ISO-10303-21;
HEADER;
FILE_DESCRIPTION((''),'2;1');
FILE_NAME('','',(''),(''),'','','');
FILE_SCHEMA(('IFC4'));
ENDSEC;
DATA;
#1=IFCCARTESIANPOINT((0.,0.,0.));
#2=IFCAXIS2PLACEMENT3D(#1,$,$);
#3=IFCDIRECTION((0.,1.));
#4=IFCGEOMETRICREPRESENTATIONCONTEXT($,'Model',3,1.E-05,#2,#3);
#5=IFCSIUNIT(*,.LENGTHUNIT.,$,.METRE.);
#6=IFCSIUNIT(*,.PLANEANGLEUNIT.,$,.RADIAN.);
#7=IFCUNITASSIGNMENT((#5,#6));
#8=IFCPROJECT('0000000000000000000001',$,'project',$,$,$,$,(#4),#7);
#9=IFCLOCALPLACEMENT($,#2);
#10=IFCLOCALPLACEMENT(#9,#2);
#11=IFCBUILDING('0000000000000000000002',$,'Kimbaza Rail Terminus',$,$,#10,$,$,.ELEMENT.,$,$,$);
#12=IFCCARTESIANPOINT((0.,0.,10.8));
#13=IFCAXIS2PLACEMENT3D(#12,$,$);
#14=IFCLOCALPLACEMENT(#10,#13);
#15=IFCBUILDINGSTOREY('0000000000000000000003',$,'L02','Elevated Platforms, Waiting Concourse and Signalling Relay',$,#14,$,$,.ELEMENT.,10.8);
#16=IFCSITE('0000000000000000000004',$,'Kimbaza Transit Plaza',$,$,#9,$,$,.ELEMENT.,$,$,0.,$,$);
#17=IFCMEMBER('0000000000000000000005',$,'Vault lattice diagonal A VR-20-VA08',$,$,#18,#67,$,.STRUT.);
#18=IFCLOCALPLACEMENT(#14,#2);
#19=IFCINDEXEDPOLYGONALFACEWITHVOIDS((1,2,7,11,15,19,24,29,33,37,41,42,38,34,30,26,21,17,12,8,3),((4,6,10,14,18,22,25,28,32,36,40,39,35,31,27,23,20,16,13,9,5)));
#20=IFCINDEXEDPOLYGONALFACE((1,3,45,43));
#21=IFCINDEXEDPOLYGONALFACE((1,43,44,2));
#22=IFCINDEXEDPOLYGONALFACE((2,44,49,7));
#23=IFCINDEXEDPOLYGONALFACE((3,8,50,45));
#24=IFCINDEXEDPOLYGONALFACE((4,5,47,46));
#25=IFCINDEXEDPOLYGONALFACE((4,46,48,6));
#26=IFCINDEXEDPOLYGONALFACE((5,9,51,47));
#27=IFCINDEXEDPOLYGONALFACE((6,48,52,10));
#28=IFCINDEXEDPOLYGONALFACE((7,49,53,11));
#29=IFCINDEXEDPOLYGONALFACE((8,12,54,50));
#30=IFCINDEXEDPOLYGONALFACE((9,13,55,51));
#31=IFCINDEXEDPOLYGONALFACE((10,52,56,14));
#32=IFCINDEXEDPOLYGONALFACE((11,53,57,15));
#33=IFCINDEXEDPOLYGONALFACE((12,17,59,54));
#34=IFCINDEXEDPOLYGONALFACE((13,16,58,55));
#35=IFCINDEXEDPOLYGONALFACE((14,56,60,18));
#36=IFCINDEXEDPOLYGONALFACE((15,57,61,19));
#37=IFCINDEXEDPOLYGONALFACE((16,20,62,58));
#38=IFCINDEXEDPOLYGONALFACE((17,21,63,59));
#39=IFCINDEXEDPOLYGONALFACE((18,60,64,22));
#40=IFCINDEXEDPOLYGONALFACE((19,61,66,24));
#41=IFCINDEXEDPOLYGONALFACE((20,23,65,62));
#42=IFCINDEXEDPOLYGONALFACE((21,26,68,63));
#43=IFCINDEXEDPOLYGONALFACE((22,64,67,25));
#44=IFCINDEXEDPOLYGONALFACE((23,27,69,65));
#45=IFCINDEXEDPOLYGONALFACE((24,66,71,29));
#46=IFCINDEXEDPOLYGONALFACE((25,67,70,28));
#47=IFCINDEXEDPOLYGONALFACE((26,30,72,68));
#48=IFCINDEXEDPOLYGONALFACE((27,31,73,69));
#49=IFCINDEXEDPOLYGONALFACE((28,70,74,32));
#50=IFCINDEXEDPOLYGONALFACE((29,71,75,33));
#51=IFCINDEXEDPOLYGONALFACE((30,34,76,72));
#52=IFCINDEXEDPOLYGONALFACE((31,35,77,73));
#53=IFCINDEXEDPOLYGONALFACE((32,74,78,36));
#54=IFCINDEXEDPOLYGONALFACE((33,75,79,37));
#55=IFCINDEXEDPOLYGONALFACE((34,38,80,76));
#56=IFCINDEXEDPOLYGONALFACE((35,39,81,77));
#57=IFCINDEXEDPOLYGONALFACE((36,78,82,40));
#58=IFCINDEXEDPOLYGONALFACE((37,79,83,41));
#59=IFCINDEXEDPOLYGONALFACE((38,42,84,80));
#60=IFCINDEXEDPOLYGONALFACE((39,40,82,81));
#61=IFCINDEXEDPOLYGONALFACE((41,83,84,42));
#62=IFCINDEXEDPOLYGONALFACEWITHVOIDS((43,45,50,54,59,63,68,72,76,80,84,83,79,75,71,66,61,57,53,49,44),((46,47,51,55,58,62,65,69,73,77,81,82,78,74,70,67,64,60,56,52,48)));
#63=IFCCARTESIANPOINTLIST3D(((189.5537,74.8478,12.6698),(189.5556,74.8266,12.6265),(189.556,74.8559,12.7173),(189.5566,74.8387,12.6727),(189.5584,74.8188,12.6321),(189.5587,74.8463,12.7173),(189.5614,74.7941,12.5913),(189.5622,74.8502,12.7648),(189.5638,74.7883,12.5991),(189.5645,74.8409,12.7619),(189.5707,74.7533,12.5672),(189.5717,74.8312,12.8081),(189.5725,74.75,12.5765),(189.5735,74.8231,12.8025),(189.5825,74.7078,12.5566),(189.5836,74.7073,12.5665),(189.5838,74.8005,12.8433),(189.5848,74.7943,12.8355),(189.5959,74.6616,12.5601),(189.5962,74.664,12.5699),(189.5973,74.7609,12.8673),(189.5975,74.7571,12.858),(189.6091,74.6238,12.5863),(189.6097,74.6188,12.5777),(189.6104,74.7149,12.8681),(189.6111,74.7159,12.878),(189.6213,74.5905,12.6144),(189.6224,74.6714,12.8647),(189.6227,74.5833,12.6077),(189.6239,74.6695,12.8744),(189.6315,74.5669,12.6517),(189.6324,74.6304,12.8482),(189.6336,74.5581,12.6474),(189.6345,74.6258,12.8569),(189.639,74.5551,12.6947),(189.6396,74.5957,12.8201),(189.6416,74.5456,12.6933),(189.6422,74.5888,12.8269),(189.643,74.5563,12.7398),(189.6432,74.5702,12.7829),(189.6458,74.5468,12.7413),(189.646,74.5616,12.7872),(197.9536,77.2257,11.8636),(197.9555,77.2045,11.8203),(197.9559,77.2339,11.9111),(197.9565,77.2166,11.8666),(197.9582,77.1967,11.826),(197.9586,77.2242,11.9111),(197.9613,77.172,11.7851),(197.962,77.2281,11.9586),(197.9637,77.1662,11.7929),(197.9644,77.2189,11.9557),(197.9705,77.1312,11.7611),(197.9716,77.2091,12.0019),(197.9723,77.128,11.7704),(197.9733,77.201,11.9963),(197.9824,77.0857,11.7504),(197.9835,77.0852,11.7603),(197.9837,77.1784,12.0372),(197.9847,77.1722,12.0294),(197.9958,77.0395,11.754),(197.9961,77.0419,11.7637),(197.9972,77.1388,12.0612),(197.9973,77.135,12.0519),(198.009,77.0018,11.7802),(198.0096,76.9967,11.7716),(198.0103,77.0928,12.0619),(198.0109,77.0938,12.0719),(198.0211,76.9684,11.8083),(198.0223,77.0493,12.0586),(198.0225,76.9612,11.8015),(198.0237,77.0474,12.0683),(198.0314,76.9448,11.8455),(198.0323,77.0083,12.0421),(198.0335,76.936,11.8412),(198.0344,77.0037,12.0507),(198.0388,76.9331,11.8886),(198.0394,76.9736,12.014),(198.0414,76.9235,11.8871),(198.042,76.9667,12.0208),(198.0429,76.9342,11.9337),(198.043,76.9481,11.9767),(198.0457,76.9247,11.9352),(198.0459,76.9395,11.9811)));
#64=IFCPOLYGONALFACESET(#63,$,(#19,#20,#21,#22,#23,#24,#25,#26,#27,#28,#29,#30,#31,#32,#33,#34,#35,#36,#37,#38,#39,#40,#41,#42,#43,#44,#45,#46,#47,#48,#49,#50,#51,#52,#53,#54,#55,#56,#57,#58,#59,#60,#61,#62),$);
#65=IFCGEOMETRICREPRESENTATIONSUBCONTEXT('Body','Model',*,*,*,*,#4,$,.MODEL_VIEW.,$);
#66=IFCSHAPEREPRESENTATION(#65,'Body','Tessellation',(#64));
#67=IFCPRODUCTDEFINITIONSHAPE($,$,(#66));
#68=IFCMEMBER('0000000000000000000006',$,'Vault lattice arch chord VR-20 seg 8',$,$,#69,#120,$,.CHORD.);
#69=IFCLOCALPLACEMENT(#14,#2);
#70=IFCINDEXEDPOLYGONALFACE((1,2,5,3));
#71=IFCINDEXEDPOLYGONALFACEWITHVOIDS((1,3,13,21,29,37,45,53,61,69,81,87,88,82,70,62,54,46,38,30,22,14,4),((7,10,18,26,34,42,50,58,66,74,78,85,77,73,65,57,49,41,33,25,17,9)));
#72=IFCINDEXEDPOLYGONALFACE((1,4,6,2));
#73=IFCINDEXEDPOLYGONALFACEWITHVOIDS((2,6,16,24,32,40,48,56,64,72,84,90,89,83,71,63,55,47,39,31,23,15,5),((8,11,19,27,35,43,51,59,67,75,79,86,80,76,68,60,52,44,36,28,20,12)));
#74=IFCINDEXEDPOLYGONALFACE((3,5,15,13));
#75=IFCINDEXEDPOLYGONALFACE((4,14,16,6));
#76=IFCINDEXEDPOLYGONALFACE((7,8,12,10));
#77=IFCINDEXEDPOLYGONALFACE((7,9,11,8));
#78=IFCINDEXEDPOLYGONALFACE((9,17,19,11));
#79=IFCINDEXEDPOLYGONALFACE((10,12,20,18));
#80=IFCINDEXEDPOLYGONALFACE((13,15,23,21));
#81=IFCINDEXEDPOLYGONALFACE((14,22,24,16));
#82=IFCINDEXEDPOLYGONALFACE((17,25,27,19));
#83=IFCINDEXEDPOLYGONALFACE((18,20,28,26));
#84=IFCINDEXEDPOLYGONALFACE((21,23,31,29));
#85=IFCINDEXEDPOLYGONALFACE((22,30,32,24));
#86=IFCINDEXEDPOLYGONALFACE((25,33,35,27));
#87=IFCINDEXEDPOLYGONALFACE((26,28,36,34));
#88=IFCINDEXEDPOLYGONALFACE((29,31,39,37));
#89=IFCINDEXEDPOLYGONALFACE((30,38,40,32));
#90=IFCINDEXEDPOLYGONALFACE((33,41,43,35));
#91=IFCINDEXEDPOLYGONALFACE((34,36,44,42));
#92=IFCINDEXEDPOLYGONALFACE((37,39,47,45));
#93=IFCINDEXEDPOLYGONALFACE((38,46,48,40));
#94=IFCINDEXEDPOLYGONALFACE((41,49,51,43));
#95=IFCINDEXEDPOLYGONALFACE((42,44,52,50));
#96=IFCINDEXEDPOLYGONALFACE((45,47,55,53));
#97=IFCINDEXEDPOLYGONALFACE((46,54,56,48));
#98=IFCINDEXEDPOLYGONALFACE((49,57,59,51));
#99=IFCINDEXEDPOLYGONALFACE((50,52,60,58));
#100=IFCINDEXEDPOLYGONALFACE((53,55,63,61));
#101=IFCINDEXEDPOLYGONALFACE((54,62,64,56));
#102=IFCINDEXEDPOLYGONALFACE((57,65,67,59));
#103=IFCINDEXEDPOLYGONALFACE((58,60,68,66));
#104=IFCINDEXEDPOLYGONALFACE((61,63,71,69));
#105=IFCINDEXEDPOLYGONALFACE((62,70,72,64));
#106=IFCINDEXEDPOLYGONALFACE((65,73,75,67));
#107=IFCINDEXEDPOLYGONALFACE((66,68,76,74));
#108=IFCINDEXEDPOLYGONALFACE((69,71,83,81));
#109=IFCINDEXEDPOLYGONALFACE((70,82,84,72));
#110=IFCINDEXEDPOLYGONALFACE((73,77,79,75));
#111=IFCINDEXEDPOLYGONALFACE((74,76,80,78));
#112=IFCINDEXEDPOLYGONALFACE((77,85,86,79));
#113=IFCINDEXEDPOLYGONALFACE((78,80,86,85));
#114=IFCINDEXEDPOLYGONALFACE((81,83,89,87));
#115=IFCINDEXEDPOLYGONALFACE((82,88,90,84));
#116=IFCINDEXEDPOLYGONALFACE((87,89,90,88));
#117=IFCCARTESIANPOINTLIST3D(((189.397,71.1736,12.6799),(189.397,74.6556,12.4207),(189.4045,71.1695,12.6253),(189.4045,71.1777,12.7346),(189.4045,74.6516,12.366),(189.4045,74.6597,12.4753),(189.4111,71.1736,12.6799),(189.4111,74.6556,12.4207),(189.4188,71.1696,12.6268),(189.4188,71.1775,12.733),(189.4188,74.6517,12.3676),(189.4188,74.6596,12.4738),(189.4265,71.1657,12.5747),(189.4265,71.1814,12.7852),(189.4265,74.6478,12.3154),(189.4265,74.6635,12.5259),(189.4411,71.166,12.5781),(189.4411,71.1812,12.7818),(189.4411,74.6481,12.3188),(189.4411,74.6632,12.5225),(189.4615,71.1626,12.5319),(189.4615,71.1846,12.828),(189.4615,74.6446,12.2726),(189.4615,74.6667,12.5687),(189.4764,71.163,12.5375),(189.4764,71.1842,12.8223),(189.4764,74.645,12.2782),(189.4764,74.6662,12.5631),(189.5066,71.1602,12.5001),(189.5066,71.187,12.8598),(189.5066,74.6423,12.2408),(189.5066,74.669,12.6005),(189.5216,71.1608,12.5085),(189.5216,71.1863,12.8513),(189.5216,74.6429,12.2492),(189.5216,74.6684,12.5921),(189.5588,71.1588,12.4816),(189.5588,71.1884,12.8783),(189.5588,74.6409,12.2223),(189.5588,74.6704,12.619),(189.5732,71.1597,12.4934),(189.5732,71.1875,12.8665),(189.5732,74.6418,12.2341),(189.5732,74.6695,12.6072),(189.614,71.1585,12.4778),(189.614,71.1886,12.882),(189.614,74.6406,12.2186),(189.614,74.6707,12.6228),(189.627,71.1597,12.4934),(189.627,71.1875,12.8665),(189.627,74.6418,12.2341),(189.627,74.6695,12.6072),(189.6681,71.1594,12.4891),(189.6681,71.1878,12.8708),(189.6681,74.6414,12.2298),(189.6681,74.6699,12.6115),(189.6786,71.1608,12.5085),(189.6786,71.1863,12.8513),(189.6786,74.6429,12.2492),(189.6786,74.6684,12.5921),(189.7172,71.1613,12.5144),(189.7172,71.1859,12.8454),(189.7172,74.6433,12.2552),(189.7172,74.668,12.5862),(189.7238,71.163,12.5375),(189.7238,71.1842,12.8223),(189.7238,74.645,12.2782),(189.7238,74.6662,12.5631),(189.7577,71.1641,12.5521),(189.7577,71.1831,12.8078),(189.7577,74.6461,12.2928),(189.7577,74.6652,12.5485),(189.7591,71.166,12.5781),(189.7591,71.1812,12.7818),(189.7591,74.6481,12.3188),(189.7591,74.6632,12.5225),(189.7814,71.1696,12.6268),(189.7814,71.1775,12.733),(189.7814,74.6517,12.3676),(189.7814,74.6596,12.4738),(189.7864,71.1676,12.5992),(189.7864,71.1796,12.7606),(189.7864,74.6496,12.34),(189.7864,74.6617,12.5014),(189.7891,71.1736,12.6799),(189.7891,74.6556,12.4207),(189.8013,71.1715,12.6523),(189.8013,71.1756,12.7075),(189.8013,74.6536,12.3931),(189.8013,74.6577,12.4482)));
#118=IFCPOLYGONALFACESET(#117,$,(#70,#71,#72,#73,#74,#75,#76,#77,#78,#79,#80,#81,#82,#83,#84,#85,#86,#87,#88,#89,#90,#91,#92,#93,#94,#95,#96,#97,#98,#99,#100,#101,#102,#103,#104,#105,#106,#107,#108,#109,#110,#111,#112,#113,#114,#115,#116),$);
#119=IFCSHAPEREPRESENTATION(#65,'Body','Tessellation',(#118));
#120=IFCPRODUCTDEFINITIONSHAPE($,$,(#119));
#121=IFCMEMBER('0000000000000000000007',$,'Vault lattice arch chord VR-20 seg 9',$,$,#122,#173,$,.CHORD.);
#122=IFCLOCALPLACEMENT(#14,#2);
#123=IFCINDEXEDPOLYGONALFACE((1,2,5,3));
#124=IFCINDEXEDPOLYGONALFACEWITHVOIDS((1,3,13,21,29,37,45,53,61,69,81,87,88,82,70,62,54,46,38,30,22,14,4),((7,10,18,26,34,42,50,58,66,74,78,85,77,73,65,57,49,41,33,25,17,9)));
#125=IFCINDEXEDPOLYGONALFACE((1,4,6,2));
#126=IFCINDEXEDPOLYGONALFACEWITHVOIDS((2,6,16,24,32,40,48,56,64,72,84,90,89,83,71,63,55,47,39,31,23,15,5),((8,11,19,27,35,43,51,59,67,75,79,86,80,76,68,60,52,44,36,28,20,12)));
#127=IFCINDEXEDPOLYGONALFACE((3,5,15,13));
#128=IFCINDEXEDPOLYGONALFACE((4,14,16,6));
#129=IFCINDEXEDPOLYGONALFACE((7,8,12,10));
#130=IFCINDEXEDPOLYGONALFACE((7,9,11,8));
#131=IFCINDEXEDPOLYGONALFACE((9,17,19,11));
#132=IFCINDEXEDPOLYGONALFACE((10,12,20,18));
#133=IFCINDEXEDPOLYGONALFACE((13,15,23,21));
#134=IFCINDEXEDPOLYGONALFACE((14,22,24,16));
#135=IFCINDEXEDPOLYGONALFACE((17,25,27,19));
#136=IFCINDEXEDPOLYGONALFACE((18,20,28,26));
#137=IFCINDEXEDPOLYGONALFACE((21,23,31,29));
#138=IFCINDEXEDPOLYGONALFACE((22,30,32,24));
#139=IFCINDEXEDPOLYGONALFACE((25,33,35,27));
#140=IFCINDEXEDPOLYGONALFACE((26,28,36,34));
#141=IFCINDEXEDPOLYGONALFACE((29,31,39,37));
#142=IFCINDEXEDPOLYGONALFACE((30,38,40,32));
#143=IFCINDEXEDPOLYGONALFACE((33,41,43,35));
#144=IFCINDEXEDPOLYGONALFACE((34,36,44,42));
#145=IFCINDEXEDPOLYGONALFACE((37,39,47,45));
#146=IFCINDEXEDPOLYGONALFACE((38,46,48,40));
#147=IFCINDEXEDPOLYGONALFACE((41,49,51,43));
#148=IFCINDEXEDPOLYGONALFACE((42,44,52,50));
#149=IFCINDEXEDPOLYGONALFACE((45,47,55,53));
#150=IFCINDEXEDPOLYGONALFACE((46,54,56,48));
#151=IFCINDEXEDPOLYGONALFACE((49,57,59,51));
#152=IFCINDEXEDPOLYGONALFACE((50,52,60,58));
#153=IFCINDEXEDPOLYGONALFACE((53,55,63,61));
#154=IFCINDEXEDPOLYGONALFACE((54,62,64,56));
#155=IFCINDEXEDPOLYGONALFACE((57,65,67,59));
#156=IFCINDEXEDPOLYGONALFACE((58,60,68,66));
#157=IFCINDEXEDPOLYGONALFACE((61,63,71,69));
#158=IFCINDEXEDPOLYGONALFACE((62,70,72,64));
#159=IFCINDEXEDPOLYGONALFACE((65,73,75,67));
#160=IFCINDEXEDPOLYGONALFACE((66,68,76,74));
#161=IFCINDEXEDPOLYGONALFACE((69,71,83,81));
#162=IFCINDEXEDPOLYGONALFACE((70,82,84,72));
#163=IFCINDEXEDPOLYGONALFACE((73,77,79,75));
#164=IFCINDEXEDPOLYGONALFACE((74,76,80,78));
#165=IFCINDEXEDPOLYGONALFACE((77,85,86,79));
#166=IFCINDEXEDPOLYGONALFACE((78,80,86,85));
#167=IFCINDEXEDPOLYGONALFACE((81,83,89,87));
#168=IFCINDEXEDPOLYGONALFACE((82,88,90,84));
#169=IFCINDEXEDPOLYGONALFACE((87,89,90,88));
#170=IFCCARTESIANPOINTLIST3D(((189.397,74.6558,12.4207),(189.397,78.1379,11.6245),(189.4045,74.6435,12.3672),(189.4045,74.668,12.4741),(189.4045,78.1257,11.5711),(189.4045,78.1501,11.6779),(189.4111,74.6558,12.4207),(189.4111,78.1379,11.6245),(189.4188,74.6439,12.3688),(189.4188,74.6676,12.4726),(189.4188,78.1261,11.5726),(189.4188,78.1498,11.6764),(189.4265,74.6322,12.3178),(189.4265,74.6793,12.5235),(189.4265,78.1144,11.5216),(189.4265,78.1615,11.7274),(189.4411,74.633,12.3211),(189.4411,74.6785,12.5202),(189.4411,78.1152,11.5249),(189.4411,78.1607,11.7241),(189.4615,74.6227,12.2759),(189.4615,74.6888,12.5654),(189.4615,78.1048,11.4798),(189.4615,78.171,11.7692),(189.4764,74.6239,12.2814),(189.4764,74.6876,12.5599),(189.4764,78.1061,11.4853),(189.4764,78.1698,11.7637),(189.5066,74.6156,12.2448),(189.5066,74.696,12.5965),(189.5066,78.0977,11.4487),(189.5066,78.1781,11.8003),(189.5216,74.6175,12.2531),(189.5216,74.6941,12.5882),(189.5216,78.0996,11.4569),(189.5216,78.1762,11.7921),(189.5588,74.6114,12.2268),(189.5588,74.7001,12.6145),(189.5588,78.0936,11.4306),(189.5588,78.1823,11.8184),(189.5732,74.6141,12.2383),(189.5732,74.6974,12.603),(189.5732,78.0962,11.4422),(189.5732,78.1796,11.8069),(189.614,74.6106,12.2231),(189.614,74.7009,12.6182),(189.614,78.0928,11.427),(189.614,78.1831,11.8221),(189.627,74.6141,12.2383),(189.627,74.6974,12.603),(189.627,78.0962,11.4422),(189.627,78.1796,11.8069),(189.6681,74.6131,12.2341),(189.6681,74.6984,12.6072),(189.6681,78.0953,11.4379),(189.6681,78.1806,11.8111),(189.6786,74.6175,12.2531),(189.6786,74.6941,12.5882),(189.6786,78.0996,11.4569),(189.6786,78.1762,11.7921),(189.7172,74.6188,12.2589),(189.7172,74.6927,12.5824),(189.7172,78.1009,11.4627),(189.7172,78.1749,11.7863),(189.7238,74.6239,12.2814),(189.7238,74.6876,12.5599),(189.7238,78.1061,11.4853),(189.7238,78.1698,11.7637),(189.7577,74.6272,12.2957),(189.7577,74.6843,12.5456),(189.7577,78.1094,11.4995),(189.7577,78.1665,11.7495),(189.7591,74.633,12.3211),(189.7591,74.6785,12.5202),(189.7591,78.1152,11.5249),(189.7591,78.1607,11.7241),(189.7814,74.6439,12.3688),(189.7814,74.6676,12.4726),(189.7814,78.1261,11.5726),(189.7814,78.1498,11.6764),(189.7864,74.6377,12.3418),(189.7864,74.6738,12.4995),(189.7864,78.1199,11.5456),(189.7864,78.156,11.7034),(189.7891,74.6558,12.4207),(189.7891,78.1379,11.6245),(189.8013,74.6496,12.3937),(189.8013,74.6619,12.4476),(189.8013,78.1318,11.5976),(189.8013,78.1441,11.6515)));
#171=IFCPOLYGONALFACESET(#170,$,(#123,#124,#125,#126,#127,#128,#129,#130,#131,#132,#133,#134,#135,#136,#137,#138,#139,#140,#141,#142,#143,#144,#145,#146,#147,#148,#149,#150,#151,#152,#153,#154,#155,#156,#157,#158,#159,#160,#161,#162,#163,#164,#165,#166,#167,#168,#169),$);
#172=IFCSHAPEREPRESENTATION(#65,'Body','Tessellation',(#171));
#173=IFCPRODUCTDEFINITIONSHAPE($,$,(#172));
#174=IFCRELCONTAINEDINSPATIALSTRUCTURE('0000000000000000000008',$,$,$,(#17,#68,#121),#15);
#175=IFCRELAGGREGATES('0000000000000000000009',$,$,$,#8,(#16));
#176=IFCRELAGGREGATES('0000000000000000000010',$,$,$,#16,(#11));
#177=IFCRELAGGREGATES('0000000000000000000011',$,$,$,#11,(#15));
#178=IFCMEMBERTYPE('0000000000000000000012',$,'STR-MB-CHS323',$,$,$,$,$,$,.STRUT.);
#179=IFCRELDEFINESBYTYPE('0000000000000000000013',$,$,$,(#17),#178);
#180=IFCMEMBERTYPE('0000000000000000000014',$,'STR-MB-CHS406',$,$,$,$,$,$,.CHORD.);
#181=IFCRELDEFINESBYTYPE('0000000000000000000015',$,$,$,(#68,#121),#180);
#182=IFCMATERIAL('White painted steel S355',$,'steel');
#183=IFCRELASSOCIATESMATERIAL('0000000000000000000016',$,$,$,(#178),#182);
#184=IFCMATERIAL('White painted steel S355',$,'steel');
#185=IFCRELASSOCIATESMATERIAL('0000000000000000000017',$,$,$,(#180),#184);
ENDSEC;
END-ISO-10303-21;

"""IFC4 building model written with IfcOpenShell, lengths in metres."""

from ifc_helpers import new_model, si_unit, direction, frame, origin, origin_2d, place, context, subcontext, project, spatial, hollow_circle, extrude, material, material_profile, profile_set, type_object, element, save


model = new_model("IFC4")

# Units and contexts
model_context = context("Model", 3, precision=1e-05, world=origin(), true_north=direction((0.0, 1.0)))
body_context = subcontext(model_context, "Body", "Model", "MODEL_VIEW")
ifc_project = project(units=[si_unit("LENGTHUNIT", "METRE"), si_unit("PLANEANGLEUNIT", "RADIAN")], contexts=[model_context])

# Site, building, storey
site_placement = place(None, origin())
site = spatial("IfcSite", under=ifc_project, at=site_placement, Name="Kimbaza Transit Plaza", CompositionType="ELEMENT", RefElevation=0.0)
building_placement = place(site_placement, origin())
building = spatial("IfcBuilding", under=site, at=building_placement, Name="Kimbaza Rail Terminus", CompositionType="ELEMENT")
storey_placement = place(building_placement, frame((0.0, 0.0, 10.8)))
storey = spatial("IfcBuildingStorey", under=building, at=storey_placement, Name="L02", Description="Elevated Platforms, Waiting Concourse and Signalling Relay", CompositionType="ELEMENT", Elevation=10.8)

# Members
ifc_material_1 = material(Name="White painted steel S355", Category="steel")
ifc_material_profile_1 = material_profile(ifc_material_1, hollow_circle(Radius=0.1619, WallThickness=0.01, at=origin_2d()), Name="CHS 323.9x10")
ifc_profile_set_1 = profile_set([ifc_material_profile_1], Name="White painted steel S355")
member_type_1 = type_object("IfcMemberType", Name="STR-MB-CHS323", PredefinedType="STRUT", material=ifc_profile_set_1)
member_1_placement = place(storey_placement, frame((189.6001, 74.7002, 12.7173), z_axis=(0.958112, 0.271232, -0.091952), x_axis=(-0.272386, 0.962188, 0.0)))
element("IfcMember", 1, at=member_1_placement, inside=storey, type_object=member_type_1, Name="Vault lattice diagonal A VR-20-VA08", PredefinedType="STRUT", context=body_context, shape_type="SweptSolid", body=[
    extrude(hollow_circle(Radius=0.1619, WallThickness=0.01, at=origin_2d()), origin(), (0.0, 0.0, 1.0), 8.7671),
])
ifc_material_2 = material(Name="White painted steel S355", Category="steel")
ifc_material_profile_2 = material_profile(ifc_material_2, hollow_circle(Radius=0.2031, WallThickness=0.0142, at=origin_2d()), Name="CHS 406.4x14.2")
ifc_profile_set_2 = profile_set([ifc_material_profile_2], Name="White painted steel S355")
member_type_2 = type_object("IfcMemberType", Name="STR-MB-CHS406", PredefinedType="CHORD", material=ifc_profile_set_2)
member_2_placement = place(storey_placement, frame((189.6001, 71.1736, 12.6799), z_axis=(0.0, 0.997239, -0.074253), x_axis=(-1.0, 0.0, 0.0)))
element("IfcMember", 2, at=member_2_placement, inside=storey, type_object=member_type_2, Name="Vault lattice arch chord VR-20 seg 8", PredefinedType="CHORD", context=body_context, shape_type="SweptSolid", body=[
    extrude(hollow_circle(Radius=0.2031, WallThickness=0.0142, at=origin_2d()), origin(), (0.0, 0.0, 1.0), 3.4917),
])
member_3_placement = place(storey_placement, frame((189.6001, 74.6558, 12.4207), z_axis=(0.0, 0.974845, -0.222882), x_axis=(-1.0, 0.0, 0.0)))
element("IfcMember", 3, at=member_3_placement, inside=storey, type_object=member_type_2, Name="Vault lattice arch chord VR-20 seg 9", PredefinedType="CHORD", context=body_context, shape_type="SweptSolid", body=[
    extrude(hollow_circle(Radius=0.2031, WallThickness=0.0142, at=origin_2d()), origin(), (0.0, 0.0, 1.0), 3.572),
])

save(model, "model.ifc")
